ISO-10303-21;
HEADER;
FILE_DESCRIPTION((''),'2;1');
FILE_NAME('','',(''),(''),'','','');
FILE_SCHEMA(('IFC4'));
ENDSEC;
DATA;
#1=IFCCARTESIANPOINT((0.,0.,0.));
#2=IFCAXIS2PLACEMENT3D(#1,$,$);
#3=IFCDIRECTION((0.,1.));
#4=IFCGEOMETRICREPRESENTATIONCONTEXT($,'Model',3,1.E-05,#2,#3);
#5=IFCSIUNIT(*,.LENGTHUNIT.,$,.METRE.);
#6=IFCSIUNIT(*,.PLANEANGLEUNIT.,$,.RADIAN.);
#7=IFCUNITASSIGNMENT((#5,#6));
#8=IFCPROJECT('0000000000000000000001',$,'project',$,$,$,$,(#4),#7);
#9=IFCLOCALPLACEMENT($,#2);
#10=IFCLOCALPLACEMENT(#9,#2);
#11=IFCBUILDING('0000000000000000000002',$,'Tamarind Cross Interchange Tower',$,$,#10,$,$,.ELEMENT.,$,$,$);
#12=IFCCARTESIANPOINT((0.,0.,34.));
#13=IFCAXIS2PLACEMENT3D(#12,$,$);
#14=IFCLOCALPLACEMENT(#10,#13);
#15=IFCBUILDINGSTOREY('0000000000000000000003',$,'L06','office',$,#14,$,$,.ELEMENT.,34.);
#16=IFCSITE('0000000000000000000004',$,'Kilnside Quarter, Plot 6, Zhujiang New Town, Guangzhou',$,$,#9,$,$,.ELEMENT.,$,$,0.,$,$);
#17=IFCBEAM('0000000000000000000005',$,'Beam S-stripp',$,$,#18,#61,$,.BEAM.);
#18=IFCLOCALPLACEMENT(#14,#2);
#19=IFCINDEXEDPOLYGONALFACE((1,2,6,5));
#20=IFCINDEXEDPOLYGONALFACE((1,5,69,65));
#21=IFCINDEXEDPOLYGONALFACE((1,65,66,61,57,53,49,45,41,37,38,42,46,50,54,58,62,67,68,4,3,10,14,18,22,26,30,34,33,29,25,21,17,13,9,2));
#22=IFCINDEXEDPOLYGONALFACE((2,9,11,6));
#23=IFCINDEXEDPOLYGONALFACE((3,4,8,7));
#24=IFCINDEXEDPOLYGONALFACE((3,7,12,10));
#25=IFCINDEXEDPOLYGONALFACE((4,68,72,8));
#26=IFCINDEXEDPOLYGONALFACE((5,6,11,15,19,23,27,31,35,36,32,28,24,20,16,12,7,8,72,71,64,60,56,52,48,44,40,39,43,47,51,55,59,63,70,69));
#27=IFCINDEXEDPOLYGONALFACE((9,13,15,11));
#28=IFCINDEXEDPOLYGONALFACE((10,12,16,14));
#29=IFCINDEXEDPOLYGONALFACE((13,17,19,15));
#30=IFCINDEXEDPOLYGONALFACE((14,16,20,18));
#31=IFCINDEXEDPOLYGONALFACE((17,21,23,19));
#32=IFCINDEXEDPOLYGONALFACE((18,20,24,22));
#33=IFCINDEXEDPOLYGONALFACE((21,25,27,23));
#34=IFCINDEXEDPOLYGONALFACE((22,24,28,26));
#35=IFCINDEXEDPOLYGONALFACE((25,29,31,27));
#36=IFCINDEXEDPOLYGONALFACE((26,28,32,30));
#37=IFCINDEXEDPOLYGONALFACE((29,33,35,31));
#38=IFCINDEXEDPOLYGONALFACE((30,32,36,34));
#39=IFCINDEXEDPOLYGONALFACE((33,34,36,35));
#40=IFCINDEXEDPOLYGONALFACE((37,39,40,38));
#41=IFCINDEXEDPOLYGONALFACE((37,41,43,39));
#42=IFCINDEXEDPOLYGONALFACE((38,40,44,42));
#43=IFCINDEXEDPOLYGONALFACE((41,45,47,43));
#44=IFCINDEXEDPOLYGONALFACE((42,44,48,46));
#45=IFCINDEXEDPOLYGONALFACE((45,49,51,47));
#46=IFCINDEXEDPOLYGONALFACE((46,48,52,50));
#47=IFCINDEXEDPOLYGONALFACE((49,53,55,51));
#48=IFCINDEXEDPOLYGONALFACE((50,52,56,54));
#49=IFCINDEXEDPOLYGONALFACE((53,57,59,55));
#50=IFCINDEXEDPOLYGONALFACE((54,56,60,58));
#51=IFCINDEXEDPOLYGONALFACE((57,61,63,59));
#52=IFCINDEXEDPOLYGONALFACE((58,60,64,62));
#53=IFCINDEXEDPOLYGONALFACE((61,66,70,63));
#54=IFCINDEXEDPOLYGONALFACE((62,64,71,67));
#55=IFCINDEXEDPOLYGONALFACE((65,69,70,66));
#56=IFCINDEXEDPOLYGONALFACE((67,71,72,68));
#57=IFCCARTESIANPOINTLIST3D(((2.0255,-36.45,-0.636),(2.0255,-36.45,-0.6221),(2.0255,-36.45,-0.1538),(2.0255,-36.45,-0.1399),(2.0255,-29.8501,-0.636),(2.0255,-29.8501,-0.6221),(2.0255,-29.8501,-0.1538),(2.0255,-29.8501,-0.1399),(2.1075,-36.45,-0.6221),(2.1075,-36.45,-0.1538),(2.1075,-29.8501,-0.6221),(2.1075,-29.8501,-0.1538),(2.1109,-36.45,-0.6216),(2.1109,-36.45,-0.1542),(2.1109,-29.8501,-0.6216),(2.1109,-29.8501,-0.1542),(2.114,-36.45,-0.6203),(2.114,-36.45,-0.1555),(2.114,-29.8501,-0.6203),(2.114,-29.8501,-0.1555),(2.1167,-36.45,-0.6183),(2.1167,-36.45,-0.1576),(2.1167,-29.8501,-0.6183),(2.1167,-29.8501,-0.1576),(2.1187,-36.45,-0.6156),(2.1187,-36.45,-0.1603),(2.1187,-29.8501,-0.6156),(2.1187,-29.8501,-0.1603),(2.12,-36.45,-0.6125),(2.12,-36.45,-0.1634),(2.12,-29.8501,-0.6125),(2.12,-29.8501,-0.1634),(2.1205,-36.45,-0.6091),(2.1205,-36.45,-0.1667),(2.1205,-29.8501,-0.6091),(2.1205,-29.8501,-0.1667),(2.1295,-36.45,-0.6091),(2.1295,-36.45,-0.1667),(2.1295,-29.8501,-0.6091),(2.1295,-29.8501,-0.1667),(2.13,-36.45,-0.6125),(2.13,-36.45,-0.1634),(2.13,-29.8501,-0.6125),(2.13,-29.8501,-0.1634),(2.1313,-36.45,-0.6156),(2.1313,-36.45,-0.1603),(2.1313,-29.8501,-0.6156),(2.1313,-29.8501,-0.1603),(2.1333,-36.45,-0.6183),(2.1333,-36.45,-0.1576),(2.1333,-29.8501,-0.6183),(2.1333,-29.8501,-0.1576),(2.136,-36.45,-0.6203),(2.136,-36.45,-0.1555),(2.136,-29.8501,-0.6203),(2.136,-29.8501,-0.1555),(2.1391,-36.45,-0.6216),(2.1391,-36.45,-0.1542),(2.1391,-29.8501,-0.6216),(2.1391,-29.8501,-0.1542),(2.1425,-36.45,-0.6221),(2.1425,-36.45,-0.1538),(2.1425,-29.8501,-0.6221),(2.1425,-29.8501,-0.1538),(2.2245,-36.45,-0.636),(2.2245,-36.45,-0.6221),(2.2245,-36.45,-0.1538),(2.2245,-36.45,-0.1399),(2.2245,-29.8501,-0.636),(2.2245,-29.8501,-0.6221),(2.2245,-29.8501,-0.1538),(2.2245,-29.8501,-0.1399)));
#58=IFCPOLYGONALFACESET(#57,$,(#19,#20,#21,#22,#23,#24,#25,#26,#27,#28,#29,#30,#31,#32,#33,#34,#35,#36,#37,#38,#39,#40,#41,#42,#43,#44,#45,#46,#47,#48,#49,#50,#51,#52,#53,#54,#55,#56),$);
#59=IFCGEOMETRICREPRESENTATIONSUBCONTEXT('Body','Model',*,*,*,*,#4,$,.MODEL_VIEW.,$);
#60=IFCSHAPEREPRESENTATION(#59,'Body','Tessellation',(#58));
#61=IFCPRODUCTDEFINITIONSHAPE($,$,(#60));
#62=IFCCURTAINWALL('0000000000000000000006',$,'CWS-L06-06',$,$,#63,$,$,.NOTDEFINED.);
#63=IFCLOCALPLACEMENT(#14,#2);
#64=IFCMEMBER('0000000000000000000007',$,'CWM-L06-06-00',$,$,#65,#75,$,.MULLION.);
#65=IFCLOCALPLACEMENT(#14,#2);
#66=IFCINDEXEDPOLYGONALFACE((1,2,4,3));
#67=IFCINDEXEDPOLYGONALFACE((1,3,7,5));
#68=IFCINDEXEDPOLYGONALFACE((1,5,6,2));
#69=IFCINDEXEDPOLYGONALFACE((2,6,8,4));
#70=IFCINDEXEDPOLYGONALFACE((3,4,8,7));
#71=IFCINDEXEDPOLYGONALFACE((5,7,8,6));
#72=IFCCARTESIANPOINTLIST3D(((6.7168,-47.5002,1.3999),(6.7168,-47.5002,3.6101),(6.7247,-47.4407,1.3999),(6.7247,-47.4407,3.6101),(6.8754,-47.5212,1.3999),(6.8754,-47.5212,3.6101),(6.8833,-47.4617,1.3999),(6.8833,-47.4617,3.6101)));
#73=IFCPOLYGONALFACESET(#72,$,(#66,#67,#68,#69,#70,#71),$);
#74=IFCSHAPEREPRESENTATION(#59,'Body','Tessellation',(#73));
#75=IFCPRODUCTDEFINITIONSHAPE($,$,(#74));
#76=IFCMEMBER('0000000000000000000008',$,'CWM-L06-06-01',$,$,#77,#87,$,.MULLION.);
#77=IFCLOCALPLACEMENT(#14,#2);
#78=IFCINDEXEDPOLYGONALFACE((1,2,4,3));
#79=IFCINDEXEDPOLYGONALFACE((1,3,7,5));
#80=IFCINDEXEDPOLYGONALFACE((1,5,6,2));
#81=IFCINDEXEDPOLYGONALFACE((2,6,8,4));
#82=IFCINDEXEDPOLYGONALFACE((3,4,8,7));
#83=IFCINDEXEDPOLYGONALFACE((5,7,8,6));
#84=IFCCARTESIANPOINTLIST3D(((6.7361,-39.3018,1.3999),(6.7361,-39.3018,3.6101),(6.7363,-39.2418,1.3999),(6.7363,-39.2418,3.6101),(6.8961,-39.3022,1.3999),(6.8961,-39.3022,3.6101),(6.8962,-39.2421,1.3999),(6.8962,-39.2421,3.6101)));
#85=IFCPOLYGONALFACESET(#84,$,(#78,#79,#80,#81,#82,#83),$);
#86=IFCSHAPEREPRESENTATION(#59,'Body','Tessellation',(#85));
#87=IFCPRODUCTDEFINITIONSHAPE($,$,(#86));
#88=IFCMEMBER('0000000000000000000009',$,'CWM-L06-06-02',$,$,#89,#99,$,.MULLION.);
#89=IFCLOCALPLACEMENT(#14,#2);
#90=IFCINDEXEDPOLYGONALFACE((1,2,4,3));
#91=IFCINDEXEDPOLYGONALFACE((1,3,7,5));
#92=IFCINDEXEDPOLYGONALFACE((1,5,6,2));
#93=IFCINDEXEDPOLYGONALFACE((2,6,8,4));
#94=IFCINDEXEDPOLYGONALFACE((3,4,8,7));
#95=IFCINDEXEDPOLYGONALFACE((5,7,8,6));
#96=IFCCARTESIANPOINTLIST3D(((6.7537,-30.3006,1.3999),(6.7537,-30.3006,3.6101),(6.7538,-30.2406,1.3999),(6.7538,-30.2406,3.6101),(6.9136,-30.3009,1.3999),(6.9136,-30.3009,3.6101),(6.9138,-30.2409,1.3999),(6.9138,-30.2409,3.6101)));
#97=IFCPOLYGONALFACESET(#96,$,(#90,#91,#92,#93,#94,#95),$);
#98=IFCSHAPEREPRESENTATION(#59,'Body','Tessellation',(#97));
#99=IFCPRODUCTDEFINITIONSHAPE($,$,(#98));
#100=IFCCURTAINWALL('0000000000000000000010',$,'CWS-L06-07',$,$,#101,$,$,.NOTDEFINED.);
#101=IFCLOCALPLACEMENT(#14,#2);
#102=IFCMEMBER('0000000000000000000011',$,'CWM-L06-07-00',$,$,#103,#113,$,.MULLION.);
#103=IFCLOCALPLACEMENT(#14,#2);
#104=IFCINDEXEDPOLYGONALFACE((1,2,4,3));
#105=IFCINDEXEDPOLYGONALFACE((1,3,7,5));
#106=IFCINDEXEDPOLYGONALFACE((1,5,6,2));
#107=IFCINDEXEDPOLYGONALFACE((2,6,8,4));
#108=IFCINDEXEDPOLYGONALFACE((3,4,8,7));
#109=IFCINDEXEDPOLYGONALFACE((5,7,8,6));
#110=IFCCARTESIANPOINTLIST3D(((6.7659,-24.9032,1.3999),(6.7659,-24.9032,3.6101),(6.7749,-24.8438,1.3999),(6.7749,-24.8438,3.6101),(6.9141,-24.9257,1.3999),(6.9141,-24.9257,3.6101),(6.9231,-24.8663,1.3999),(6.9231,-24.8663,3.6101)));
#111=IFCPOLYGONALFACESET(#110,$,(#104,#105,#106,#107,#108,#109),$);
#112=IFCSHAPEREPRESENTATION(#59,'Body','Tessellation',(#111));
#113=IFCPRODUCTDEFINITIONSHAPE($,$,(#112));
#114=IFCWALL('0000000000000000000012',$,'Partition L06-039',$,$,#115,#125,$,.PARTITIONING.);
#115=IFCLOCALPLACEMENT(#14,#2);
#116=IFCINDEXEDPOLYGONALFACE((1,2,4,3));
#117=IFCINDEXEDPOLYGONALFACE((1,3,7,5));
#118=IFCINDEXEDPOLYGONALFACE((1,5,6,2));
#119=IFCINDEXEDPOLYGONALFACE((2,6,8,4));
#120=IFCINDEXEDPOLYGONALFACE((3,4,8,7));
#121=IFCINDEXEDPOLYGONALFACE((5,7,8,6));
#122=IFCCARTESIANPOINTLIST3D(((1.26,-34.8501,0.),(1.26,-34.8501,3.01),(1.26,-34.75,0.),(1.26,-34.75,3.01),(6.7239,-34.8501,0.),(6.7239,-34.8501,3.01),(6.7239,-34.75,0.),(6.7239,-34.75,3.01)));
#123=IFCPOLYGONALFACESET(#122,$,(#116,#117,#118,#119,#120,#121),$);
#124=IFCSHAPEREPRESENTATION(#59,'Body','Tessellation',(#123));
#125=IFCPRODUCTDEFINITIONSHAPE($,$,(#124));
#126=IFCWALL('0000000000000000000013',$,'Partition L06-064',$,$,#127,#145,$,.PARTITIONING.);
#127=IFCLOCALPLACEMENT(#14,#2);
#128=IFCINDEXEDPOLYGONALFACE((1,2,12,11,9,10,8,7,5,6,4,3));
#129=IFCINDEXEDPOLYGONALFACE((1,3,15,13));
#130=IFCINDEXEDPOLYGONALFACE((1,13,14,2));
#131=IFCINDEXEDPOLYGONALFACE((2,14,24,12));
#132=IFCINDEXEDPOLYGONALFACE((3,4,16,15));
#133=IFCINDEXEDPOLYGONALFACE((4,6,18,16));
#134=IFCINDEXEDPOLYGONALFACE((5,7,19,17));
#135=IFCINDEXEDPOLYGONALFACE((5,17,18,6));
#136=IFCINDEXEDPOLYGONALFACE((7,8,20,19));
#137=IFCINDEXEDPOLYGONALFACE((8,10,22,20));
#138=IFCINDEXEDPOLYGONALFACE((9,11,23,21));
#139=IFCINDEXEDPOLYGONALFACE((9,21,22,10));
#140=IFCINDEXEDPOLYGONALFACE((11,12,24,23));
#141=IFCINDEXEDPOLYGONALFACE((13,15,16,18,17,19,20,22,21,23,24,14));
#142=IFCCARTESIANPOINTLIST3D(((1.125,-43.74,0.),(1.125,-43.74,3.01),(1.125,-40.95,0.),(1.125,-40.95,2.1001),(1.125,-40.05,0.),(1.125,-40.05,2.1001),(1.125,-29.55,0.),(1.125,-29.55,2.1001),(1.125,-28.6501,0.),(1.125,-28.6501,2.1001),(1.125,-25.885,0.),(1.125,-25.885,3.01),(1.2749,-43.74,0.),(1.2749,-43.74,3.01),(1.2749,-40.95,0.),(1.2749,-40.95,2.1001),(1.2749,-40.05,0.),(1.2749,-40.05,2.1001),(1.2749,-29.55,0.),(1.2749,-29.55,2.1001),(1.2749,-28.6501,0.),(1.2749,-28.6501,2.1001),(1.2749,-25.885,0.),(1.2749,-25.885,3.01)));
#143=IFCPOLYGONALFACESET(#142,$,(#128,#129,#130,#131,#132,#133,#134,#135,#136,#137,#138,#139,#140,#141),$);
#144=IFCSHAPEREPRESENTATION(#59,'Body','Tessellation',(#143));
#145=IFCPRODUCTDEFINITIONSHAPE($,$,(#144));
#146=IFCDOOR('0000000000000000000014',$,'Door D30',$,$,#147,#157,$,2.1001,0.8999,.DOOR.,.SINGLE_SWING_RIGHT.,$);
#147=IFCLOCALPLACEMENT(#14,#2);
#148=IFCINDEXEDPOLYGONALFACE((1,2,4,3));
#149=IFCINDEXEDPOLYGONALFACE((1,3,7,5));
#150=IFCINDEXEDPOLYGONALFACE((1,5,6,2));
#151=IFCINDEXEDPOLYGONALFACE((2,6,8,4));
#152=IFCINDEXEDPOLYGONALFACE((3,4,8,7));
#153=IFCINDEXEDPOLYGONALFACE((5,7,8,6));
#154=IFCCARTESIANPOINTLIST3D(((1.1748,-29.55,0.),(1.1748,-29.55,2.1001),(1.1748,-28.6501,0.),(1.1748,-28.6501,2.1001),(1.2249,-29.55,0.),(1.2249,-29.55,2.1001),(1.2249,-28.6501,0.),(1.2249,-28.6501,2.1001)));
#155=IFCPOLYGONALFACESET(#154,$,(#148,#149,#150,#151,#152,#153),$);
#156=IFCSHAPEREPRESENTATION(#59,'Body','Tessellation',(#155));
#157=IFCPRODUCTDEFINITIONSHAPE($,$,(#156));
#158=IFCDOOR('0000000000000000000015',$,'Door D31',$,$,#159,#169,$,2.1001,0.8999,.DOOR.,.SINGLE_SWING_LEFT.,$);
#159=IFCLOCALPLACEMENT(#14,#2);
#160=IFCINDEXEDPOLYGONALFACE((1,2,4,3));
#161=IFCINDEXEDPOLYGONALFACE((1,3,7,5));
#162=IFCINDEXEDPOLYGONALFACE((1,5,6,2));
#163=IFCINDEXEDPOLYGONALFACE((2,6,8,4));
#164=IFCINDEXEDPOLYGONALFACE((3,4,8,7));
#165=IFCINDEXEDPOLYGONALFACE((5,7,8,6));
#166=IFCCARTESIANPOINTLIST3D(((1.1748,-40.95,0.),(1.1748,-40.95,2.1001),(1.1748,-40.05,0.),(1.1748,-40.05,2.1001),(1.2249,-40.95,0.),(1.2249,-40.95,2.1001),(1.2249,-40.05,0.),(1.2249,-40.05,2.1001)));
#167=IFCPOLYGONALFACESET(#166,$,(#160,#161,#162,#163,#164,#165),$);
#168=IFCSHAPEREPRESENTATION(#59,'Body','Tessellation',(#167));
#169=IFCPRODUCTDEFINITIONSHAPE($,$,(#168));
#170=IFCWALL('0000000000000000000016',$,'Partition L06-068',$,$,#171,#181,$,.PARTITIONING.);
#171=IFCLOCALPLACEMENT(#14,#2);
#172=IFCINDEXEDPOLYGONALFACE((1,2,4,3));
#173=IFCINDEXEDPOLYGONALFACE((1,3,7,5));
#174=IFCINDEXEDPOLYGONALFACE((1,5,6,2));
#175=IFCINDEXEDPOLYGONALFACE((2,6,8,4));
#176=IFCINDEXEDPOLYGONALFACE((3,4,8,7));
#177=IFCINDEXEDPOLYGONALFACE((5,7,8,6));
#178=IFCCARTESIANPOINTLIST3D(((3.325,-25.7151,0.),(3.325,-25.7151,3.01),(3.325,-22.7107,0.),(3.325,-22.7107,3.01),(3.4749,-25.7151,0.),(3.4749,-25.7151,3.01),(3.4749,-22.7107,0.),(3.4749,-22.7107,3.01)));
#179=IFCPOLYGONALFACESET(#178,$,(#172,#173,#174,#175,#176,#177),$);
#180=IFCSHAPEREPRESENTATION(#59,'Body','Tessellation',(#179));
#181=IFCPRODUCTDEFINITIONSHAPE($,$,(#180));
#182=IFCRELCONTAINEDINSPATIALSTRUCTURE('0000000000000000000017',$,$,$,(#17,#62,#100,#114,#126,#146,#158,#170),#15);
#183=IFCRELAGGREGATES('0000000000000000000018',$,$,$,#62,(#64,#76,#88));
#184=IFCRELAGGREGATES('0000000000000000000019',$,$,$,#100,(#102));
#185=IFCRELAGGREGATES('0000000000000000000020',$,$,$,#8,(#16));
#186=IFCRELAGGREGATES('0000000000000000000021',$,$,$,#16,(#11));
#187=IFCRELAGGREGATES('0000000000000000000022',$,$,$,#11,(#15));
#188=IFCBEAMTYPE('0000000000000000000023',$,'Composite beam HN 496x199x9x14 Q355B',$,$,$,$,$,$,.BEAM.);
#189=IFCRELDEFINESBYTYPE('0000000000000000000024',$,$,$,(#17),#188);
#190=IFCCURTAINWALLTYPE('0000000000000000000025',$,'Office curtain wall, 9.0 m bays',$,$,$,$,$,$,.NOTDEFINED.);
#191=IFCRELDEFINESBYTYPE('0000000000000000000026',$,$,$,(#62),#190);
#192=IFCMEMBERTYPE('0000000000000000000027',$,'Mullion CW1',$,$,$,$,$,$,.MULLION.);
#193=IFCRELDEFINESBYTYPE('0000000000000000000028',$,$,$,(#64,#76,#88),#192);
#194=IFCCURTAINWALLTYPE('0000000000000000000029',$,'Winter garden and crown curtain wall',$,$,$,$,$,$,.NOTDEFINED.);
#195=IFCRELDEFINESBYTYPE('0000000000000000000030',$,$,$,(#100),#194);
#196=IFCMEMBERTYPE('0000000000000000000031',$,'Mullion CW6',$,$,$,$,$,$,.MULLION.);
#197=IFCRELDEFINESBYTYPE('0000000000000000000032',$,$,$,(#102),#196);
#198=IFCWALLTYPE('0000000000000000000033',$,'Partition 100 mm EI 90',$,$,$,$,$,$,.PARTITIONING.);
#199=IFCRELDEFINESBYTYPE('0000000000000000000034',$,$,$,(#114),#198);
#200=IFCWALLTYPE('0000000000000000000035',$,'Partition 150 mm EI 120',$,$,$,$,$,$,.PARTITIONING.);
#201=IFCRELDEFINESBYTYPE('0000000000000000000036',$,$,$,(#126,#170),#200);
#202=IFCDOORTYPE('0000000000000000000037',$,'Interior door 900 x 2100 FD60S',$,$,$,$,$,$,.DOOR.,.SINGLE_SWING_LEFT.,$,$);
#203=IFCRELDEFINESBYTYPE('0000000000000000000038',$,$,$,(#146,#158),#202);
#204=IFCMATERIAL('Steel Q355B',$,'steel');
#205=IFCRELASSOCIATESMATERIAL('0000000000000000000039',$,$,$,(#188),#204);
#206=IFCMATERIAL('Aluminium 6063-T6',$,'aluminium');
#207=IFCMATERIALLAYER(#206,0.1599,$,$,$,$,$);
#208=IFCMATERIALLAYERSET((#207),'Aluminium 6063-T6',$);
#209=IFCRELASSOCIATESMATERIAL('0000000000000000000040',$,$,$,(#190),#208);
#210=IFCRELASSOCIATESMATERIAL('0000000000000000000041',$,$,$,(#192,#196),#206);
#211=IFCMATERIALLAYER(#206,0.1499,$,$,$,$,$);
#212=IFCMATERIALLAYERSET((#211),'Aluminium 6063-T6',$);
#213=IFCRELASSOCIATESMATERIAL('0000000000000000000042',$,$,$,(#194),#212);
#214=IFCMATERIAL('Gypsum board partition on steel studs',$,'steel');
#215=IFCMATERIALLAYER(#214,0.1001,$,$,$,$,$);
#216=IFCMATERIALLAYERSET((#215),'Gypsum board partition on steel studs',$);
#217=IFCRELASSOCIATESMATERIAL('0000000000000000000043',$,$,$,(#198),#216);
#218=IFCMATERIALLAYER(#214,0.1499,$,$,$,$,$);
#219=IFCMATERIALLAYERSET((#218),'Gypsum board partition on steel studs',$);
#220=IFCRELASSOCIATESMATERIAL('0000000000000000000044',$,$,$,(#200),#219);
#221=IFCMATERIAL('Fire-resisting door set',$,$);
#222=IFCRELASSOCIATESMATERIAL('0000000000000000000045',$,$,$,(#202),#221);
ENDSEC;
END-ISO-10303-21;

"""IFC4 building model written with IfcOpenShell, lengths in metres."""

from ifc_helpers import new_model, si_unit, direction, frame, frame_2d, origin, origin_2d, place, context, subcontext, project, spatial, rectangle, i_section, extrude, material, layer, layer_set, material_profile, profile_set, type_object, element, fill, aggregate, save


model = new_model("IFC4")

# Units and contexts
model_context = context("Model", 3, precision=1e-05, world=origin(), true_north=direction((0.0, 1.0)))
body_context = subcontext(model_context, "Body", "Model", "MODEL_VIEW")
ifc_project = project(units=[si_unit("LENGTHUNIT", "METRE"), si_unit("PLANEANGLEUNIT", "RADIAN")], contexts=[model_context])

# Site, building, storey
site_placement = place(None, origin())
site = spatial("IfcSite", under=ifc_project, at=site_placement, Name="Kilnside Quarter, Plot 6, Zhujiang New Town, Guangzhou", CompositionType="ELEMENT", RefElevation=0.0)
building_placement = place(site_placement, origin())
building = spatial("IfcBuilding", under=site, at=building_placement, Name="Tamarind Cross Interchange Tower", CompositionType="ELEMENT")
storey_placement = place(building_placement, frame((0.0, 0.0, 34.0)))
storey = spatial("IfcBuildingStorey", under=building, at=storey_placement, Name="L06", Description="office", CompositionType="ELEMENT", Elevation=34.0)

# Beam
ifc_material_1 = material(Name="Steel Q355B", Category="steel")
ifc_material_profile_1 = material_profile(ifc_material_1, i_section(OverallWidth=0.199, OverallDepth=0.4961, WebThickness=0.009, FlangeThickness=0.0139, FilletRadius=0.0129, at=origin_2d()), Name="HN 496x199x9x14")
ifc_profile_set_1 = profile_set([ifc_material_profile_1], Name="Steel Q355B")
beam_type = type_object("IfcBeamType", Name="Composite beam HN 496x199x9x14 Q355B", PredefinedType="BEAM", material=ifc_profile_set_1)
beam_1_placement = place(storey_placement, frame((2.125, -29.8501, -0.3879), z_axis=(0.0, -1.0, 0.0), x_axis=(1.0, 0.0, 0.0)))
element("IfcBeam", 1, at=beam_1_placement, inside=storey, type_object=beam_type, Name="Beam S-stripp", PredefinedType="BEAM", context=body_context, shape_type="SweptSolid", body=[
    extrude(i_section(OverallWidth=0.199, OverallDepth=0.4961, WebThickness=0.009, FlangeThickness=0.0139, FilletRadius=0.0129, at=origin_2d()), origin(), (0.0, 0.0, 1.0), 6.5999),
])

# Curtain wall, members
ifc_material_2 = material(Name="Aluminium 6063-T6", Category="aluminium")
ifc_layer_1 = layer(ifc_material_2, 0.1599)
ifc_layer_set_1 = layer_set([ifc_layer_1], Name="Aluminium 6063-T6")
curtain_wall_type_1 = type_object("IfcCurtainWallType", Name="Office curtain wall, 9.0 m bays", PredefinedType="NOTDEFINED", material=ifc_layer_set_1)
curtain_wall_1_placement = place(storey_placement, origin())
curtain_wall_1 = element("IfcCurtainWall", 2, at=curtain_wall_1_placement, inside=storey, type_object=curtain_wall_type_1, Name="CWS-L06-06", PredefinedType="NOTDEFINED")
ifc_material_profile_2 = material_profile(ifc_material_2, rectangle(XDim=0.0601, YDim=0.1599, at=origin_2d()), Name="Mullion CW1")
ifc_profile_set_2 = profile_set([ifc_material_profile_2], Name="Aluminium 6063-T6")
member_type_1 = type_object("IfcMemberType", Name="Mullion CW1", PredefinedType="MULLION", material=ifc_profile_set_2)
member_1_placement = place(storey_placement, frame((6.8, -47.481, 1.3999), z_axis=(0.0, 0.0, 1.0), x_axis=(0.131499, 0.991316, 0.0)))
member_1 = element("IfcMember", 3, at=member_1_placement, type_object=member_type_1, Name="CWM-L06-06-00", PredefinedType="MULLION", context=body_context, shape_type="SweptSolid", body=[
    extrude(rectangle(XDim=0.0601, YDim=0.1599, at=origin_2d()), origin(), (0.0, 0.0, 1.0), 2.2102),
])
member_2_placement = place(storey_placement, frame((6.8162, -39.272, 1.3999), z_axis=(0.0, 0.0, 1.0), x_axis=(0.001962, 0.999998, 0.0)))
member_2 = element("IfcMember", 4, at=member_2_placement, type_object=member_type_1, Name="CWM-L06-06-01", PredefinedType="MULLION", context=body_context, shape_type="SweptSolid", body=[
    extrude(rectangle(XDim=0.0601, YDim=0.1599, at=origin_2d()), origin(), (0.0, 0.0, 1.0), 2.2102),
])
member_3_placement = place(storey_placement, frame((6.8337, -30.2708, 1.3999), z_axis=(0.0, 0.0, 1.0), x_axis=(0.001962, 0.999998, 0.0)))
member_3 = element("IfcMember", 5, at=member_3_placement, type_object=member_type_1, Name="CWM-L06-06-02", PredefinedType="MULLION", context=body_context, shape_type="SweptSolid", body=[
    extrude(rectangle(XDim=0.0601, YDim=0.1599, at=origin_2d()), origin(), (0.0, 0.0, 1.0), 2.2102),
])
aggregate(curtain_wall_1, [member_1, member_2, member_3])

# Curtain wall, member
ifc_layer_2 = layer(ifc_material_2, 0.1499)
ifc_layer_set_2 = layer_set([ifc_layer_2], Name="Aluminium 6063-T6")
curtain_wall_type_2 = type_object("IfcCurtainWallType", Name="Winter garden and crown curtain wall", PredefinedType="NOTDEFINED", material=ifc_layer_set_2)
curtain_wall_2_placement = place(storey_placement, origin())
curtain_wall_2 = element("IfcCurtainWall", 6, at=curtain_wall_2_placement, inside=storey, type_object=curtain_wall_type_2, Name="CWS-L06-07", PredefinedType="NOTDEFINED")
ifc_material_profile_3 = material_profile(ifc_material_2, rectangle(XDim=0.0601, YDim=0.1499, at=origin_2d()), Name="Mullion CW6")
ifc_profile_set_3 = profile_set([ifc_material_profile_3], Name="Aluminium 6063-T6")
member_type_2 = type_object("IfcMemberType", Name="Mullion CW6", PredefinedType="MULLION", material=ifc_profile_set_3)
member_4_placement = place(storey_placement, frame((6.8445, -24.8848, 1.3999), z_axis=(0.0, 0.0, 1.0), x_axis=(0.150255, 0.988647, 0.0)))
member_4 = element("IfcMember", 7, at=member_4_placement, type_object=member_type_2, Name="CWM-L06-07-00", PredefinedType="MULLION", context=body_context, shape_type="SweptSolid", body=[
    extrude(rectangle(XDim=0.0601, YDim=0.1499, at=origin_2d()), origin(), (0.0, 0.0, 1.0), 2.2102),
])
aggregate(curtain_wall_2, [member_4])

# Wall
ifc_material_3 = material(Name="Gypsum board partition on steel studs", Category="steel")
ifc_layer_3 = layer(ifc_material_3, 0.1001)
ifc_layer_set_3 = layer_set([ifc_layer_3], Name="Gypsum board partition on steel studs")
wall_type_1 = type_object("IfcWallType", Name="Partition 100 mm EI 90", PredefinedType="PARTITIONING", material=ifc_layer_set_3)
wall_1_placement = place(storey_placement, frame((1.26, -34.8, 0.0), z_axis=(0.0, 0.0, 1.0), x_axis=(1.0, 0.0, 0.0)))
element("IfcWall", 8, at=wall_1_placement, inside=storey, type_object=wall_type_1, Name="Partition L06-039", PredefinedType="PARTITIONING", context=body_context, shape_type="SweptSolid", body=[
    extrude(rectangle(XDim=5.4639, YDim=0.1001, at=frame_2d((2.7319, 0.0))), origin(), (0.0, 0.0, 1.0), 3.01),
])

# Wall, openings, doors
ifc_layer_4 = layer(ifc_material_3, 0.1499)
ifc_layer_set_4 = layer_set([ifc_layer_4], Name="Gypsum board partition on steel studs")
wall_type_2 = type_object("IfcWallType", Name="Partition 150 mm EI 120", PredefinedType="PARTITIONING", material=ifc_layer_set_4)
wall_2_placement = place(storey_placement, frame((1.2, -43.74, 0.0), z_axis=(0.0, 0.0, 1.0), x_axis=(0.0, 1.0, 0.0)))
wall_2 = element("IfcWall", 9, at=wall_2_placement, inside=storey, type_object=wall_type_2, Name="Partition L06-064", PredefinedType="PARTITIONING", context=body_context, shape_type="SweptSolid", body=[
    extrude(rectangle(XDim=17.855, YDim=0.1499, at=frame_2d((8.9275, 0.0))), origin(), (0.0, 0.0, 1.0), 3.01),
])
opening_1_placement = place(wall_2_placement, frame((14.1899, 0.0, 0.0)))
opening_1 = element("IfcOpeningElement", 10, at=opening_1_placement, cuts=wall_2, PredefinedType="OPENING", context=body_context, shape_type="SweptSolid", body=[
    extrude(rectangle(XDim=0.8999, YDim=2.1001, at=frame_2d((0.45, 1.05))), frame((0.0, 0.085, 0.0), z_axis=(0.0, -1.0, 0.0), x_axis=(1.0, 0.0, 0.0)), (0.0, 0.0, 1.0), 0.1699),
])
opening_2_placement = place(wall_2_placement, frame((2.79, 0.0, 0.0)))
opening_2 = element("IfcOpeningElement", 11, at=opening_2_placement, cuts=wall_2, PredefinedType="OPENING", context=body_context, shape_type="SweptSolid", body=[
    extrude(rectangle(XDim=0.8999, YDim=2.1001, at=frame_2d((0.45, 1.05))), frame((0.0, 0.085, 0.0), z_axis=(0.0, -1.0, 0.0), x_axis=(1.0, 0.0, 0.0)), (0.0, 0.0, 1.0), 0.1699),
])
ifc_material_4 = material(Name="Fire-resisting door set")
door_type = type_object("IfcDoorType", Name="Interior door 900 x 2100 FD60S", OperationType="SINGLE_SWING_LEFT", PredefinedType="DOOR", material=ifc_material_4)
door_1_placement = place(opening_1_placement, frame((0.8999, 0.0, 0.0), z_axis=(0.0, 0.0, 1.0), x_axis=(-1.0, 0.0, 0.0)))
door_1 = element("IfcDoor", 12, at=door_1_placement, inside=storey, type_object=door_type, Name="Door D30", OperationType="SINGLE_SWING_RIGHT", OverallHeight=2.1001, OverallWidth=0.8999, PredefinedType="DOOR", context=body_context, shape_type="SweptSolid", body=[
    extrude(rectangle(XDim=0.8999, YDim=2.1001, at=frame_2d((0.45, 1.05))), frame((0.0, 0.0249, 0.0), z_axis=(0.0, -1.0, 0.0), x_axis=(1.0, 0.0, 0.0)), (0.0, 0.0, 1.0), 0.05),
])
fill(opening_1, door_1)
door_2_placement = place(opening_2_placement, frame((0.8999, 0.0, 0.0), z_axis=(0.0, 0.0, 1.0), x_axis=(-1.0, 0.0, 0.0)))
door_2 = element("IfcDoor", 13, at=door_2_placement, inside=storey, type_object=door_type, Name="Door D31", OperationType="SINGLE_SWING_LEFT", OverallHeight=2.1001, OverallWidth=0.8999, PredefinedType="DOOR", context=body_context, shape_type="SweptSolid", body=[
    extrude(rectangle(XDim=0.8999, YDim=2.1001, at=frame_2d((0.45, 1.05))), frame((0.0, 0.0249, 0.0), z_axis=(0.0, -1.0, 0.0), x_axis=(1.0, 0.0, 0.0)), (0.0, 0.0, 1.0), 0.05),
])
fill(opening_2, door_2)

# Wall
wall_3_placement = place(storey_placement, frame((3.3999, -25.7151, 0.0), z_axis=(0.0, 0.0, 1.0), x_axis=(0.0, 1.0, 0.0)))
element("IfcWall", 14, at=wall_3_placement, inside=storey, type_object=wall_type_2, Name="Partition L06-068", PredefinedType="PARTITIONING", context=body_context, shape_type="SweptSolid", body=[
    extrude(rectangle(XDim=3.0044, YDim=0.1499, at=frame_2d((1.5022, 0.0))), origin(), (0.0, 0.0, 1.0), 3.01),
])

save(model, "model.ifc")
